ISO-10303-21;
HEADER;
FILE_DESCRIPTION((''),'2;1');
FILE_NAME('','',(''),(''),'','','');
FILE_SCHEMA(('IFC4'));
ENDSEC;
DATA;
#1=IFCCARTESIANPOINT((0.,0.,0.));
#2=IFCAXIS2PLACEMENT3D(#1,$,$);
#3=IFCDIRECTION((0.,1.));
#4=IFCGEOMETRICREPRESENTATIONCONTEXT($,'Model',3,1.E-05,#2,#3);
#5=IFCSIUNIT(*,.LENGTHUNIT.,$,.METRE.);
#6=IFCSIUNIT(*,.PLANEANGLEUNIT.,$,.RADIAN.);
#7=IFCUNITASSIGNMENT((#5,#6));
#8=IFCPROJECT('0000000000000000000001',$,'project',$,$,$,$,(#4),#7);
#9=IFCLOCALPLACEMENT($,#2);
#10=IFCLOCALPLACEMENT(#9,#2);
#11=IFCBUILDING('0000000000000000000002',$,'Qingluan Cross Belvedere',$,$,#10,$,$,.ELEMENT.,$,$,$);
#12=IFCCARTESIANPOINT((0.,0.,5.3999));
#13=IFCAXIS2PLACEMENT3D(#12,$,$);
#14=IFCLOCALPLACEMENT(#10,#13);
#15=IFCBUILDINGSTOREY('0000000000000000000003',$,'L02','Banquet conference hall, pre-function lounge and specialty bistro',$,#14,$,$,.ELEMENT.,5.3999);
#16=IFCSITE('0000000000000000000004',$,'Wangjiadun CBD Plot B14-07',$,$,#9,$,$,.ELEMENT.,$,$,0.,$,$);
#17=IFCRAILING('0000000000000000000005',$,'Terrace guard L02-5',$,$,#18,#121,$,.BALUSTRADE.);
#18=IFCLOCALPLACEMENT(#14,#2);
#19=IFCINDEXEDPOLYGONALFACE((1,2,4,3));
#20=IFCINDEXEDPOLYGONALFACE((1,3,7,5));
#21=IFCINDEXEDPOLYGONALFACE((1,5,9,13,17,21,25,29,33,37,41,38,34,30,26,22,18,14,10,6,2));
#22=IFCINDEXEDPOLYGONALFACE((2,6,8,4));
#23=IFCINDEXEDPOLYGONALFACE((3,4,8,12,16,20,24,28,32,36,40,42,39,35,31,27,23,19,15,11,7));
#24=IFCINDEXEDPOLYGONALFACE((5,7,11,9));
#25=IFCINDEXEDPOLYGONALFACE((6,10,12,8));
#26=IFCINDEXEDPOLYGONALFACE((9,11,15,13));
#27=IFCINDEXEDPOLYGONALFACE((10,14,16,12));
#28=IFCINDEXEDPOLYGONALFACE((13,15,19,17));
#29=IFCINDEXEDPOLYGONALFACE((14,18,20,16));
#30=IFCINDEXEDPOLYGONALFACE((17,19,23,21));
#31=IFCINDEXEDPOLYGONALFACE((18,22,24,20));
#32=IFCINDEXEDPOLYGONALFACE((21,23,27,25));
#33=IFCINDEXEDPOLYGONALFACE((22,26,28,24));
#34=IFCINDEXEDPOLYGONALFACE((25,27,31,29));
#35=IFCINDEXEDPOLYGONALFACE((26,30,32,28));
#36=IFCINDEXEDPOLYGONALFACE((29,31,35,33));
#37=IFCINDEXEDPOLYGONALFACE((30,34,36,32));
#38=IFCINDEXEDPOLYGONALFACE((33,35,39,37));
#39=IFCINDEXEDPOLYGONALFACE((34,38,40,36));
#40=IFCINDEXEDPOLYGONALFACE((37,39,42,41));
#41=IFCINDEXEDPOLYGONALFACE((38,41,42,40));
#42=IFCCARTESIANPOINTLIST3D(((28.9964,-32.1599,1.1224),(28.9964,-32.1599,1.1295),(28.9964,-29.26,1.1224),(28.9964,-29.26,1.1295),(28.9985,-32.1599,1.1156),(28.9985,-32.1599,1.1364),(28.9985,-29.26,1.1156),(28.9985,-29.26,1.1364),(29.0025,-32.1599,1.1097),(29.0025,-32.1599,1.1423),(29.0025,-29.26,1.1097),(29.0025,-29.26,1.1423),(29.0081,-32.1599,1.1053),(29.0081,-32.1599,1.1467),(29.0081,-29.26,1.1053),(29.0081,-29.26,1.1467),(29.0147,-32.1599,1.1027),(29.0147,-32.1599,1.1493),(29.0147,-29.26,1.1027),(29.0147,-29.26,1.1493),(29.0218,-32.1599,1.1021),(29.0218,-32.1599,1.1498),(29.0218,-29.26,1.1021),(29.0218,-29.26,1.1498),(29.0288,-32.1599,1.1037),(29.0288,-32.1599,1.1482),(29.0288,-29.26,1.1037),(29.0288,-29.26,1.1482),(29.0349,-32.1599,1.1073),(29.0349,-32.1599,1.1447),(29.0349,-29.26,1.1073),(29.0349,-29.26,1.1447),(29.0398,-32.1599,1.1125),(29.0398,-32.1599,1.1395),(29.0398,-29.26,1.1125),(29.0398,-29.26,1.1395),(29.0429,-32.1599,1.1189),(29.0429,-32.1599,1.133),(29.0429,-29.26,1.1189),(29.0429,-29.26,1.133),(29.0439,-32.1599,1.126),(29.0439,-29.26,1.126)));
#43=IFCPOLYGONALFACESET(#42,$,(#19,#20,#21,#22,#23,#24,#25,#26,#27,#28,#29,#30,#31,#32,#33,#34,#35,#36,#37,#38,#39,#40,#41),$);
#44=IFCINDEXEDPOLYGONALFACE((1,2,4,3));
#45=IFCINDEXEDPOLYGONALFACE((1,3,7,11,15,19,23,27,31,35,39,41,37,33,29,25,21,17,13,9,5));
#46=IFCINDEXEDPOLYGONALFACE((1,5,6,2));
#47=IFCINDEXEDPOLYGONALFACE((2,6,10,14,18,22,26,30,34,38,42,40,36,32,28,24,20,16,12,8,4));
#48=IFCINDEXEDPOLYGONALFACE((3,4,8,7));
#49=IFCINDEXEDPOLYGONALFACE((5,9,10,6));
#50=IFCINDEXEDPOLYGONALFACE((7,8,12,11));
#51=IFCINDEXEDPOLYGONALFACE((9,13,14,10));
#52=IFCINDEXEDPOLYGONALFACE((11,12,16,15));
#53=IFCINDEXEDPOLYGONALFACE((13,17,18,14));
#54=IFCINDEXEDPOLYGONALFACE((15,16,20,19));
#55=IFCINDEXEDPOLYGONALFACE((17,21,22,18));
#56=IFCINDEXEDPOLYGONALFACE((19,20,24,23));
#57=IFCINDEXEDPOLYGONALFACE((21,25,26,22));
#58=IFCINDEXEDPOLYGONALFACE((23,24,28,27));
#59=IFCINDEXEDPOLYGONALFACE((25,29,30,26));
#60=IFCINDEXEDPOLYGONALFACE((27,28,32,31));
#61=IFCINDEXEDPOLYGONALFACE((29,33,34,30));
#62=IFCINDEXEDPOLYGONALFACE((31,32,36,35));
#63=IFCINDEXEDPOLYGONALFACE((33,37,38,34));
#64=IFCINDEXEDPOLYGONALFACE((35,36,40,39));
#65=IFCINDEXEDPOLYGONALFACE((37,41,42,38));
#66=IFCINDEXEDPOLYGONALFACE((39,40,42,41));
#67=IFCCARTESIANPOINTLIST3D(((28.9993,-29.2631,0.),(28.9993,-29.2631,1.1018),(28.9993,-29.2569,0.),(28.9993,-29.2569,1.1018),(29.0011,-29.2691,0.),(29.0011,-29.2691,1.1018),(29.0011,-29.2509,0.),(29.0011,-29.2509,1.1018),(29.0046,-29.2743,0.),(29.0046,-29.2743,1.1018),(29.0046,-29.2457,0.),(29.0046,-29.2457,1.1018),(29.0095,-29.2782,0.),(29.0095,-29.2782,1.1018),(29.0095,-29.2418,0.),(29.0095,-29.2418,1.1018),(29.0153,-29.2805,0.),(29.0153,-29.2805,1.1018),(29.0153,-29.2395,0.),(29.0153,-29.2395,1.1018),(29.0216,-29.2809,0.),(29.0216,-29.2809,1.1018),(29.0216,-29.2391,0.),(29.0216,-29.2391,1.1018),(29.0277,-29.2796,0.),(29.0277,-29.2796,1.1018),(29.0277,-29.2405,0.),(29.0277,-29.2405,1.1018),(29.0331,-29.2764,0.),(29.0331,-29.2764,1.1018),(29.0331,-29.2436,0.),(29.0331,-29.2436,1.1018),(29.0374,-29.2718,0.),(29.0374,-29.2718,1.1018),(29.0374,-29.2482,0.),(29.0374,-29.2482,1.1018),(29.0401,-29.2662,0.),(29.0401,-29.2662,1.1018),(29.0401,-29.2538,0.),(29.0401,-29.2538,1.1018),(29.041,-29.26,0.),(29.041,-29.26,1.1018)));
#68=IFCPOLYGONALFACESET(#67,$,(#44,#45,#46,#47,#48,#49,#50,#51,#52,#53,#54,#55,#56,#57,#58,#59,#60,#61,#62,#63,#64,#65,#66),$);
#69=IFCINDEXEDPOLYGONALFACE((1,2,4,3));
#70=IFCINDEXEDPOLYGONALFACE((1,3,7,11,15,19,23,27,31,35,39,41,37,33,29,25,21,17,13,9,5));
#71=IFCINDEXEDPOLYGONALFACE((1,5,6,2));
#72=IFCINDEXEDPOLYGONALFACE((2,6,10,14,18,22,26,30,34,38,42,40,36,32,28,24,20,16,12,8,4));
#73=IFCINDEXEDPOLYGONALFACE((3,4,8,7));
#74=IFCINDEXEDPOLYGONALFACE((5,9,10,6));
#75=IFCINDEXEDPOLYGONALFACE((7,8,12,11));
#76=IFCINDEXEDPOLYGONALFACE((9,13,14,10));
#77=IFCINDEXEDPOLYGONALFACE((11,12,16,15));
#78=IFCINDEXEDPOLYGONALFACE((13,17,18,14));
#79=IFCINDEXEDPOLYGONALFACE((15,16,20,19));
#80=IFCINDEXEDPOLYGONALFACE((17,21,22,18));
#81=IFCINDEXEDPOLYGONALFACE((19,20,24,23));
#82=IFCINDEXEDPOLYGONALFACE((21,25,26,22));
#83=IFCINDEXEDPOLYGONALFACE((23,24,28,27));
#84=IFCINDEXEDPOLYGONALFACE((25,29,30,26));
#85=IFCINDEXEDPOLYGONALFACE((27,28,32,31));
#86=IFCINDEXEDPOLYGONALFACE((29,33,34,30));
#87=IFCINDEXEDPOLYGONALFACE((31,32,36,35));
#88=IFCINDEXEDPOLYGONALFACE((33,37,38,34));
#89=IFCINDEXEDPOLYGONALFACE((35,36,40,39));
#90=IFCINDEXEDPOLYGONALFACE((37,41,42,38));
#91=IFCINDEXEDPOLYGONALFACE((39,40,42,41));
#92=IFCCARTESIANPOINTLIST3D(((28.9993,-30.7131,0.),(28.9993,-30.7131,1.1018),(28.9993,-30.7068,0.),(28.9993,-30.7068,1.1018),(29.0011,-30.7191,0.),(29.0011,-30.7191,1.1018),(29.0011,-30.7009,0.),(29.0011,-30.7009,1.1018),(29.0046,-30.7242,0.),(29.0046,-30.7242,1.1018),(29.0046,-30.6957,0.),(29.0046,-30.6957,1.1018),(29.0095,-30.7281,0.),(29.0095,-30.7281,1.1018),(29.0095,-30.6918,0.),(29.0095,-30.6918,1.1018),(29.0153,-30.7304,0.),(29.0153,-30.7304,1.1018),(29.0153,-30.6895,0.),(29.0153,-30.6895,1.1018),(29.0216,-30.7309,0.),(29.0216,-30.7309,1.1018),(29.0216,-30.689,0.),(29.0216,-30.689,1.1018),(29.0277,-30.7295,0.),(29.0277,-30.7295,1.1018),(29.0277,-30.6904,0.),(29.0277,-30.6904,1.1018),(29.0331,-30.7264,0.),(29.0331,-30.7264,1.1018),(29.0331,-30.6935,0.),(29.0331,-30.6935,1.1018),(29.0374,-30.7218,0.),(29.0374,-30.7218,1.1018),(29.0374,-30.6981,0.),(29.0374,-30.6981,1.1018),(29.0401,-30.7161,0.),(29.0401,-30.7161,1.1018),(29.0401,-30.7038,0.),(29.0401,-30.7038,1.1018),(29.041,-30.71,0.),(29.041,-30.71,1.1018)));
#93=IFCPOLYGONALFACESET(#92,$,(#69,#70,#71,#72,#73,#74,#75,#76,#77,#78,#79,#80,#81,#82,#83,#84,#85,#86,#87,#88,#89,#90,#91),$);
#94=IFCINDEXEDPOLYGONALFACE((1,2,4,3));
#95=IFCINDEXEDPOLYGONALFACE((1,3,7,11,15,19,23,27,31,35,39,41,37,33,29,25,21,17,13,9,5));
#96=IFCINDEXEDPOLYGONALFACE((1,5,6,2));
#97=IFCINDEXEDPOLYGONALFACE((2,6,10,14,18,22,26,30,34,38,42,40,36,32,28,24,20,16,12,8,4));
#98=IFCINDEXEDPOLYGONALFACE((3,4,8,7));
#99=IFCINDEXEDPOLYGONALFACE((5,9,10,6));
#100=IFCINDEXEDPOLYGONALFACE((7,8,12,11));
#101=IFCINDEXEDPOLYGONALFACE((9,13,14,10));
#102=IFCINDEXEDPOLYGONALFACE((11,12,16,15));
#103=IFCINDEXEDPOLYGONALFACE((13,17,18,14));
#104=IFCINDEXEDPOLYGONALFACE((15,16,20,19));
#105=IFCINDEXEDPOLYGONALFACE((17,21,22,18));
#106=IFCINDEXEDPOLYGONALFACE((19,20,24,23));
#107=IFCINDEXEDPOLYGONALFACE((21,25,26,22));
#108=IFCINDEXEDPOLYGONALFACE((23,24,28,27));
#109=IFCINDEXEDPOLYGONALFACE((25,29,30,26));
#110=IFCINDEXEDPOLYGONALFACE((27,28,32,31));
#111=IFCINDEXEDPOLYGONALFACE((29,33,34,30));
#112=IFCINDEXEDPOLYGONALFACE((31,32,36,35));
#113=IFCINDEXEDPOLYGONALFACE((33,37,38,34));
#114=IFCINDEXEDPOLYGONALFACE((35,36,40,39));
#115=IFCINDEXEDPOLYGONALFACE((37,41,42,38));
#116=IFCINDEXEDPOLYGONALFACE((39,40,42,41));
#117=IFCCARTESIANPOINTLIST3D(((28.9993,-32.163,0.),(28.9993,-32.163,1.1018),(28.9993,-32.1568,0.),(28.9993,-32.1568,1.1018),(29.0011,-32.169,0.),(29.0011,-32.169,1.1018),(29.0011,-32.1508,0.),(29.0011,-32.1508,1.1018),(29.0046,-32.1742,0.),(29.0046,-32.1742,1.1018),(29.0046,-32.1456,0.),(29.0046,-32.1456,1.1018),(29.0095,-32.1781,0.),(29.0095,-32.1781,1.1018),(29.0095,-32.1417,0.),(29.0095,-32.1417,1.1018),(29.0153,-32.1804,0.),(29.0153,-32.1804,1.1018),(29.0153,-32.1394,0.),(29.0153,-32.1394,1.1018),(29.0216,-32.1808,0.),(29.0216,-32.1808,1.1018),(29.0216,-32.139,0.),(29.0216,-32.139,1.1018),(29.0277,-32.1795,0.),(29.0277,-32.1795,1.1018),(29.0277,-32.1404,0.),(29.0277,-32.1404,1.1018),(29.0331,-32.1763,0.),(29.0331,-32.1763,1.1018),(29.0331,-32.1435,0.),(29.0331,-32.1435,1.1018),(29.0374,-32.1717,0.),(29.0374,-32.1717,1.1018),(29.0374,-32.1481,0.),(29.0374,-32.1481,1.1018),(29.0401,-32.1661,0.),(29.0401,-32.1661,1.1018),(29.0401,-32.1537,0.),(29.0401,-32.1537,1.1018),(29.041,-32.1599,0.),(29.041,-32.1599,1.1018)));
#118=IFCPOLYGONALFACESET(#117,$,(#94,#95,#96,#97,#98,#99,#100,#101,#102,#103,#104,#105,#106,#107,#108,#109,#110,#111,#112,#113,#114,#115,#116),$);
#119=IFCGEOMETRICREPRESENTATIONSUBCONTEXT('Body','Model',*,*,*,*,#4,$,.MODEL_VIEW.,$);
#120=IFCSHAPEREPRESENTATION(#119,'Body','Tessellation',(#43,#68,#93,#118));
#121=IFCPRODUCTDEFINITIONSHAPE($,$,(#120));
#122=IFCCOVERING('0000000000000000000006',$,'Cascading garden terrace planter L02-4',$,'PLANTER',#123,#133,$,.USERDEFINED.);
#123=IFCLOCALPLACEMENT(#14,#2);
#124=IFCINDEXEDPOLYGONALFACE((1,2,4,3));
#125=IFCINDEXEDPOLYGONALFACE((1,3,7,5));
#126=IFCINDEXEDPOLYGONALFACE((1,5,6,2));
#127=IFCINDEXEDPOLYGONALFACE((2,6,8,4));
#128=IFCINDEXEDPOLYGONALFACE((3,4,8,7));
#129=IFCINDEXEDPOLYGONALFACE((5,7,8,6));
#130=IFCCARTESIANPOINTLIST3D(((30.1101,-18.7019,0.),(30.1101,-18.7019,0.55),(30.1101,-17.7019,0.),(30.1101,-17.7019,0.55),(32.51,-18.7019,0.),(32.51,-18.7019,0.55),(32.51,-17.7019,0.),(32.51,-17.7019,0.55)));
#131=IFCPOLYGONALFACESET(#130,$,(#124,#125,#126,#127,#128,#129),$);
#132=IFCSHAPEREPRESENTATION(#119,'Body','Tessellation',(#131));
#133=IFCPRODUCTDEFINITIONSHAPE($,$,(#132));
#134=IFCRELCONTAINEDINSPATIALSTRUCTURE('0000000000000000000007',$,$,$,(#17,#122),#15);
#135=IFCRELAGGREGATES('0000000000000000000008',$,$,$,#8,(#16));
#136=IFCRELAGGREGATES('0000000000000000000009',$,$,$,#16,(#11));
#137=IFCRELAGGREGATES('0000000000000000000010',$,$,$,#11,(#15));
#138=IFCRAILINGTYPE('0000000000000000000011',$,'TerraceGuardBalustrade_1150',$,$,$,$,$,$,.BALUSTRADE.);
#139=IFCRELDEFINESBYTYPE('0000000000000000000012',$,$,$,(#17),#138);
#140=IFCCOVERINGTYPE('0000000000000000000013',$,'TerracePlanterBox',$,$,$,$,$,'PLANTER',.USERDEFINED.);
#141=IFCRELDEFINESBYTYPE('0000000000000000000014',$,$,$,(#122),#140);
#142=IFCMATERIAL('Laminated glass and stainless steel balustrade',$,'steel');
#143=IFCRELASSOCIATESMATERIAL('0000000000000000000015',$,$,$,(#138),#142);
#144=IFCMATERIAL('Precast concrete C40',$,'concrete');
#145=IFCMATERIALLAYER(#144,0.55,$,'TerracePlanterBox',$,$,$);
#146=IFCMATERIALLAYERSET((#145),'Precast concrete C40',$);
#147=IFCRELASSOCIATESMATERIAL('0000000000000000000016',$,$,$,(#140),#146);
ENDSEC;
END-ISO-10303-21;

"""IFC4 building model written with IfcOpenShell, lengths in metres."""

from ifc_helpers import new_model, si_unit, direction, frame, origin, origin_2d, place, context, subcontext, project, spatial, rectangle, circle, extrude, material, layer, layer_set, type_object, element, save


model = new_model("IFC4")

# Units and contexts
model_context = context("Model", 3, precision=1e-05, world=origin(), true_north=direction((0.0, 1.0)))
body_context = subcontext(model_context, "Body", "Model", "MODEL_VIEW")
ifc_project = project(units=[si_unit("LENGTHUNIT", "METRE"), si_unit("PLANEANGLEUNIT", "RADIAN")], contexts=[model_context])

# Site, building, storey
site_placement = place(None, origin())
site = spatial("IfcSite", under=ifc_project, at=site_placement, Name="Wangjiadun CBD Plot B14-07", CompositionType="ELEMENT", RefElevation=0.0)
building_placement = place(site_placement, origin())
building = spatial("IfcBuilding", under=site, at=building_placement, Name="Qingluan Cross Belvedere", CompositionType="ELEMENT")
storey_placement = place(building_placement, frame((0.0, 0.0, 5.3999)))
storey = spatial("IfcBuildingStorey", under=building, at=storey_placement, Name="L02", Description="Banquet conference hall, pre-function lounge and specialty bistro", CompositionType="ELEMENT", Elevation=5.3999)

# Railing
ifc_material_1 = material(Name="Laminated glass and stainless steel balustrade", Category="steel")
railing_type_1 = type_object("IfcRailingType", Name="TerraceGuardBalustrade_1150", PredefinedType="BALUSTRADE", material=ifc_material_1)
railing_1_placement = place(storey_placement, frame((29.02, -29.26, 0.0)))
element("IfcRailing", 1, at=railing_1_placement, inside=storey, type_object=railing_type_1, Name="Terrace guard L02-5", PredefinedType="BALUSTRADE", context=body_context, shape_type="SweptSolid", body=[
    extrude(circle(Radius=0.0239, at=origin_2d()), frame((0.0, 0.0, 1.126), z_axis=(0.0, -1.0, 0.0), x_axis=(1.0, 0.0, 0.0)), (0.0, 0.0, 1.0), 2.8999),
    extrude(circle(Radius=0.021, at=origin_2d()), origin(), (0.0, 0.0, 1.0), 1.1018),
    extrude(circle(Radius=0.021, at=origin_2d()), frame((0.0, -1.45, 0.0)), (0.0, 0.0, 1.0), 1.1018),
    extrude(circle(Radius=0.021, at=origin_2d()), frame((0.0, -2.8999, 0.0)), (0.0, 0.0, 1.0), 1.1018),
])

# Covering
ifc_material_2 = material(Name="Precast concrete C40", Category="concrete")
ifc_layer_1 = layer(ifc_material_2, 0.55, Name="TerracePlanterBox")
ifc_layer_set_1 = layer_set([ifc_layer_1], Name="Precast concrete C40")
covering_type = type_object("IfcCoveringType", Name="TerracePlanterBox", ElementType="PLANTER", PredefinedType="USERDEFINED", material=ifc_layer_set_1)
covering_placement = place(storey_placement, frame((31.3101, -18.2019, 0.0), z_axis=(0.0, 0.0, 1.0), x_axis=(1.0, 0.0, 0.0)))
element("IfcCovering", 2, at=covering_placement, inside=storey, type_object=covering_type, Name="Cascading garden terrace planter L02-4", ObjectType="PLANTER", PredefinedType="USERDEFINED", context=body_context, shape_type="SweptSolid", body=[
    extrude(rectangle(XDim=2.3999, YDim=1.0, at=origin_2d()), origin(), (0.0, 0.0, 1.0), 0.55),
])

save(model, "model.ifc")
